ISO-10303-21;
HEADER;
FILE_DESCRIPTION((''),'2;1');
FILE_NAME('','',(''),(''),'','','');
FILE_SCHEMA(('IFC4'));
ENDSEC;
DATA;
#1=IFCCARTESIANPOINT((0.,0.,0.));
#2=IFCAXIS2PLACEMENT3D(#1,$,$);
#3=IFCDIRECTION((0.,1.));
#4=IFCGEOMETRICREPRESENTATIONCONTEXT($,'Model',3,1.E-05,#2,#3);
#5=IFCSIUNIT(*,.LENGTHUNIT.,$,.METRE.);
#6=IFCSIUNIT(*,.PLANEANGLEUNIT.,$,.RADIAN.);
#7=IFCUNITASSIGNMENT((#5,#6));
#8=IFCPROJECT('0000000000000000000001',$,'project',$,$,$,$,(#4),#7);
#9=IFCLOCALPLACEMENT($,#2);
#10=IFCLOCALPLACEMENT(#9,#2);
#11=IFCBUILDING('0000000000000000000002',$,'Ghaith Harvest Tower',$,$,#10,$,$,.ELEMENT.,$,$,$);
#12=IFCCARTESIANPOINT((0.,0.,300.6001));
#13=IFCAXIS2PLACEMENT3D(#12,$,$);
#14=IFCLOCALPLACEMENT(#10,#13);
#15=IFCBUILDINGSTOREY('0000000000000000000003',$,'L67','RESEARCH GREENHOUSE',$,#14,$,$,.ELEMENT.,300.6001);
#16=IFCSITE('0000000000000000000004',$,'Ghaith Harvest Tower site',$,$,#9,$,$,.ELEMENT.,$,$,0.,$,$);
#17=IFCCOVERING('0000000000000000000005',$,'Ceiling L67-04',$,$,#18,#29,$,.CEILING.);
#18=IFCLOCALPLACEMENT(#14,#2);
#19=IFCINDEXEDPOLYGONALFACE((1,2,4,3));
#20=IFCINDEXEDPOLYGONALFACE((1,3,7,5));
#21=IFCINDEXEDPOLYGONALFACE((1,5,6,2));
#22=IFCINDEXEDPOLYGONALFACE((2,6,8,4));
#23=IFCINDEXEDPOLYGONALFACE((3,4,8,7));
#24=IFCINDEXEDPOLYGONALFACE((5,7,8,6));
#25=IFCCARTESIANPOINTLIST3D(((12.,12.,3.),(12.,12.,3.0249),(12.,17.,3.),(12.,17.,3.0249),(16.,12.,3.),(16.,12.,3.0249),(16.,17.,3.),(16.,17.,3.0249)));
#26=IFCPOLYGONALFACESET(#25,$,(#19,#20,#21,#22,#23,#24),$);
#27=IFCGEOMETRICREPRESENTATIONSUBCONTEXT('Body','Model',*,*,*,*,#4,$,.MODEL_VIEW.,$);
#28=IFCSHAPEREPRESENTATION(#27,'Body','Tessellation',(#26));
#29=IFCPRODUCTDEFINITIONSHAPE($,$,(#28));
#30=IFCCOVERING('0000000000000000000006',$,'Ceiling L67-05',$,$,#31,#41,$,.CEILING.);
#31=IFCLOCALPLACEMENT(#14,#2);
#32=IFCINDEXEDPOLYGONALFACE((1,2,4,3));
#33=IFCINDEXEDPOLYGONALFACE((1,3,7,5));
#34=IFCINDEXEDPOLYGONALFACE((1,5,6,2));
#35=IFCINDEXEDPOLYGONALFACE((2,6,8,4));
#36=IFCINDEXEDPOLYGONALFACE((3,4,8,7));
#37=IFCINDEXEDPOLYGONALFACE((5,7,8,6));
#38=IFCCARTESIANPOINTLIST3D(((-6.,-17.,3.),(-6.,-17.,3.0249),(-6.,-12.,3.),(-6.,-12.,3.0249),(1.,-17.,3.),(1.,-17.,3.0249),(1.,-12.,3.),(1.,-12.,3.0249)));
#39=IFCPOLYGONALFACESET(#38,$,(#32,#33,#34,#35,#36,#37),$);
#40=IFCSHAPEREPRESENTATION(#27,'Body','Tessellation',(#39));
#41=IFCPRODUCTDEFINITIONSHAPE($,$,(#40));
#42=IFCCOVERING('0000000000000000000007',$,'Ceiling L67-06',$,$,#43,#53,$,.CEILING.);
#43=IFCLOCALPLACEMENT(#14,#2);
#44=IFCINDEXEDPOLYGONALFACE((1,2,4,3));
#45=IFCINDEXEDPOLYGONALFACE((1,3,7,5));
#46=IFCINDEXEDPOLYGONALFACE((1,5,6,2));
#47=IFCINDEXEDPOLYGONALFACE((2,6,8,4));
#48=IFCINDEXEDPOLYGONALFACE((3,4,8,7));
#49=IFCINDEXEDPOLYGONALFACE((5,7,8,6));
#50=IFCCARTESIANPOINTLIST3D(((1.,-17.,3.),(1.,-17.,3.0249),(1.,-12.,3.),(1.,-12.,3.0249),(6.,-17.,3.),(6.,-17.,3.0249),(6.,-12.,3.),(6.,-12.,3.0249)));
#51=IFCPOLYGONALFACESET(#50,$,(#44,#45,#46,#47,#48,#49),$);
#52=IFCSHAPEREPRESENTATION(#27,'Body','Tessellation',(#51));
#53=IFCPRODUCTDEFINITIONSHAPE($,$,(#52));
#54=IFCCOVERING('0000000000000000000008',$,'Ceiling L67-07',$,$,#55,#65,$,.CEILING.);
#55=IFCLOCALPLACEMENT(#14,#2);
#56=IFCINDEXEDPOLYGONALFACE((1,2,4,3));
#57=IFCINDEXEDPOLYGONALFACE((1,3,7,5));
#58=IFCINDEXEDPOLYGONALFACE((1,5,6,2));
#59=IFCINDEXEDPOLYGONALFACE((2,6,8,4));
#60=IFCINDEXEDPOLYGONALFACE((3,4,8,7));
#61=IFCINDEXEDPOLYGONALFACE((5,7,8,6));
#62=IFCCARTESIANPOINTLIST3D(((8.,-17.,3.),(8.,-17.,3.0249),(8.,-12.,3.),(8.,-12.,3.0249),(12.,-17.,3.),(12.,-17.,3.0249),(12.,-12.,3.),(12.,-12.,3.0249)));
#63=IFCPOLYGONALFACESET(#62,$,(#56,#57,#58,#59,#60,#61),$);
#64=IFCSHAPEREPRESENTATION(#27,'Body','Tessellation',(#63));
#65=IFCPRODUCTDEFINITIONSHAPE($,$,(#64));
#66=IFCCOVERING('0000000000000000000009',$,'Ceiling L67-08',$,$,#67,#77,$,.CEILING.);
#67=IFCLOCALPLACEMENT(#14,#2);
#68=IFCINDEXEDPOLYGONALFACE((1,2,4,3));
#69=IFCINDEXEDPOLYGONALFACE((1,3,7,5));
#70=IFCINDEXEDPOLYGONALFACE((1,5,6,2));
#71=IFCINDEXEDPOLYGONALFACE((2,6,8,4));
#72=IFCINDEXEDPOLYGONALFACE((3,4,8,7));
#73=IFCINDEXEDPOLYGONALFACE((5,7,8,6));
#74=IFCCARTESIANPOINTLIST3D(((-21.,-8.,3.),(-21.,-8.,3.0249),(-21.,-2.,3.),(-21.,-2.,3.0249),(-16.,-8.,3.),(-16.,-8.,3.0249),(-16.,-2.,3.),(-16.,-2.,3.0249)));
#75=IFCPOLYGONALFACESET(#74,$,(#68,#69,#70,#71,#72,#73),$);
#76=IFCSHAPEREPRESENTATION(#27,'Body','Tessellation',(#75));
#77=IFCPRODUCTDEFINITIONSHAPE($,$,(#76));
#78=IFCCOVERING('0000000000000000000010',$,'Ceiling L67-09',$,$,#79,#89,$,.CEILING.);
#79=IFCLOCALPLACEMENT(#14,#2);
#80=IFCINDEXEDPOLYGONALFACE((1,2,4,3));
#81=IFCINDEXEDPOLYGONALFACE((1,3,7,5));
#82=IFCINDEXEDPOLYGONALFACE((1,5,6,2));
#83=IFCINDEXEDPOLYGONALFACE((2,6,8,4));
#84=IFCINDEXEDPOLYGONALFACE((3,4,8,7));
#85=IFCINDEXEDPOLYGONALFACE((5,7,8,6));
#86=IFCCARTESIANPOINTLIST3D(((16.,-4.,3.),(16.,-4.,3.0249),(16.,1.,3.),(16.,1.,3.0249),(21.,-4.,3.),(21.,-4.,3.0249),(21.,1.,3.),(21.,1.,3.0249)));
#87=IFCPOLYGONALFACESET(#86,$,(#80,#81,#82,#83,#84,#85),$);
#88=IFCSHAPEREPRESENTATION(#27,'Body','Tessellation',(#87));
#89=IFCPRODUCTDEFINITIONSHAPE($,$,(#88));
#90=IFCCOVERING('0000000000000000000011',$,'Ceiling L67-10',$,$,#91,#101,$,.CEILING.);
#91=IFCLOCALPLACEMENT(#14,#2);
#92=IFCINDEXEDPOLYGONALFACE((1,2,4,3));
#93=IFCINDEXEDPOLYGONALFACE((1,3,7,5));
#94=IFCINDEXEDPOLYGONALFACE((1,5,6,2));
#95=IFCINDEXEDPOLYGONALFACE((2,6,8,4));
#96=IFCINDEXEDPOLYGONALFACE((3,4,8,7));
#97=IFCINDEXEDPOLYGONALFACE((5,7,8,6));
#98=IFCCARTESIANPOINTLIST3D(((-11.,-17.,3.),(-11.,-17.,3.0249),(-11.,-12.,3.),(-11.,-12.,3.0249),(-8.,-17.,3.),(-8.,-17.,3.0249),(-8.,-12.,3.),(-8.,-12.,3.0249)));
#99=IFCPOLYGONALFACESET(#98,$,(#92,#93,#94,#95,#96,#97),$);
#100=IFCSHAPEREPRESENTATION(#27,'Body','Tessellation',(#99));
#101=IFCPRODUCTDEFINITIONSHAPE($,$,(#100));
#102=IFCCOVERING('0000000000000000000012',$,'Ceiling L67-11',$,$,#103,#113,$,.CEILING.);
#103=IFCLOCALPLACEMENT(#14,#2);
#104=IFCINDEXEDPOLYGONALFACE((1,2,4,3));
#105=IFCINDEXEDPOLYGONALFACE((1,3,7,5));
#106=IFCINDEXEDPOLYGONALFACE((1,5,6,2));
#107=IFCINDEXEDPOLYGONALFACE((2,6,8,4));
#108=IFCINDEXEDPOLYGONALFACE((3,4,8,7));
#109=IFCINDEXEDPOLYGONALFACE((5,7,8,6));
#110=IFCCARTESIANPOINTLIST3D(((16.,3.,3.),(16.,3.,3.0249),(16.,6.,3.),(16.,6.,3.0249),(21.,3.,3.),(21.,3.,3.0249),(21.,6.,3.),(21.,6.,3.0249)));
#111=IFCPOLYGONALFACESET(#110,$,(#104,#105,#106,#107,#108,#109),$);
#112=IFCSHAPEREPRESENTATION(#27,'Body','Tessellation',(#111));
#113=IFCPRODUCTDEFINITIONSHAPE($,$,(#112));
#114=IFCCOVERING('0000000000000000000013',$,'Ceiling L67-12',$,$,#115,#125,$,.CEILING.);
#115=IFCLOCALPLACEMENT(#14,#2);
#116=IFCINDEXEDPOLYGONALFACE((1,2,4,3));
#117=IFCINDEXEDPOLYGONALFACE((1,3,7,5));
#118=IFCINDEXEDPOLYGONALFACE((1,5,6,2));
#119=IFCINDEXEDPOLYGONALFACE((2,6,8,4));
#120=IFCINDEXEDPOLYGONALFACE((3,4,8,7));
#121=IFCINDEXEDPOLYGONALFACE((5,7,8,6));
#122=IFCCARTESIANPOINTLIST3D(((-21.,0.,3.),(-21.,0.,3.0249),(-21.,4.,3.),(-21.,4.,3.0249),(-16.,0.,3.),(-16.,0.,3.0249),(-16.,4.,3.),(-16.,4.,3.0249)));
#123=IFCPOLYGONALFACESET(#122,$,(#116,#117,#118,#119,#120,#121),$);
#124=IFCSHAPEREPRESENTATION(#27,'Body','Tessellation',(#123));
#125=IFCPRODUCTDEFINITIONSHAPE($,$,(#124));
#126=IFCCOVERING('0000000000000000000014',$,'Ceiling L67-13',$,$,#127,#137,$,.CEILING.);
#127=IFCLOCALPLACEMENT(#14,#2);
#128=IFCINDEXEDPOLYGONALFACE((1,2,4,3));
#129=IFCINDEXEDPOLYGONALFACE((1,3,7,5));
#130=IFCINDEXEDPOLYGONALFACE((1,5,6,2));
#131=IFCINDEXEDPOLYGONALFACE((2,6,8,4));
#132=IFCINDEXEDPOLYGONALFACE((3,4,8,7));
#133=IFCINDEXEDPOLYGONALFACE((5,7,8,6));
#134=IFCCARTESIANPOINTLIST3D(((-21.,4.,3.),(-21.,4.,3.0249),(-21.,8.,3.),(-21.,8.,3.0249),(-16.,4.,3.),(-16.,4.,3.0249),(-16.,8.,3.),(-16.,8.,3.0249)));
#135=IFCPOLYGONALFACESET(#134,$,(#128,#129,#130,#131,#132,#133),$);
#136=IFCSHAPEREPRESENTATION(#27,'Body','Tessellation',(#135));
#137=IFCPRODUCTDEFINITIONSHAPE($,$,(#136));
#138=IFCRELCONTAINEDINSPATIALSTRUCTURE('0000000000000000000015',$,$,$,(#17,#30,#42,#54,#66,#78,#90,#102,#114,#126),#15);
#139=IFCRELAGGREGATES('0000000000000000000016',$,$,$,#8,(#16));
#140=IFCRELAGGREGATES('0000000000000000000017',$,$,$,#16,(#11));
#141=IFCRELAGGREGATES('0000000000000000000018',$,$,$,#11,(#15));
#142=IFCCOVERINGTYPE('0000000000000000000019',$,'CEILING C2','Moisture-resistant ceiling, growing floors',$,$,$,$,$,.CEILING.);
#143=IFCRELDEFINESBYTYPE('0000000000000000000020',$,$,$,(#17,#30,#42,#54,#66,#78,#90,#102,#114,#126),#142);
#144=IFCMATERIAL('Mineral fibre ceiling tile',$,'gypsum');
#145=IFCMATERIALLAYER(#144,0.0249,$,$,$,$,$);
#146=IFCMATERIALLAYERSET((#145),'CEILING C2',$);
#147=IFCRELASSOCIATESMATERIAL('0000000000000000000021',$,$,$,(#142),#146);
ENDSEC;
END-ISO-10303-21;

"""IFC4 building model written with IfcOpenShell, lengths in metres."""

from ifc_helpers import new_model, si_unit, direction, frame, origin, place, context, subcontext, project, spatial, polyline, outline, extrude, material, layer, layer_set, type_object, element, save


model = new_model("IFC4")

# Units and contexts
model_context = context("Model", 3, precision=1e-05, world=origin(), true_north=direction((0.0, 1.0)))
body_context = subcontext(model_context, "Body", "Model", "MODEL_VIEW")
ifc_project = project(units=[si_unit("LENGTHUNIT", "METRE"), si_unit("PLANEANGLEUNIT", "RADIAN")], contexts=[model_context])

# Site, building, storey
site_placement = place(None, origin())
site = spatial("IfcSite", under=ifc_project, at=site_placement, Name="Ghaith Harvest Tower site", CompositionType="ELEMENT", RefElevation=0.0)
building_placement = place(site_placement, origin())
building = spatial("IfcBuilding", under=site, at=building_placement, Name="Ghaith Harvest Tower", CompositionType="ELEMENT")
storey_placement = place(building_placement, frame((0.0, 0.0, 300.6001)))
storey = spatial("IfcBuildingStorey", under=building, at=storey_placement, Name="L67", Description="RESEARCH GREENHOUSE", CompositionType="ELEMENT", Elevation=300.6001)

# Coverings
ifc_material_1 = material(Name="Mineral fibre ceiling tile", Category="gypsum")
ifc_layer_1 = layer(ifc_material_1, 0.0249)
ifc_layer_set_1 = layer_set([ifc_layer_1], Name="CEILING C2")
covering_type = type_object("IfcCoveringType", Name="CEILING C2", Description="Moisture-resistant ceiling, growing floors", PredefinedType="CEILING", material=ifc_layer_set_1)
covering_1_placement = place(storey_placement, frame((0.0, 0.0, 3.0)))
element("IfcCovering", 1, at=covering_1_placement, inside=storey, type_object=covering_type, Name="Ceiling L67-04", PredefinedType="CEILING", context=body_context, shape_type="SweptSolid", body=[
    extrude(outline(polyline([(12.0, 12.0), (16.0, 12.0), (16.0, 17.0), (12.0, 17.0), (12.0, 12.0)])), origin(), (0.0, 0.0, 1.0), 0.0249),
])
covering_2_placement = place(storey_placement, frame((0.0, 0.0, 3.0)))
element("IfcCovering", 2, at=covering_2_placement, inside=storey, type_object=covering_type, Name="Ceiling L67-05", PredefinedType="CEILING", context=body_context, shape_type="SweptSolid", body=[
    extrude(outline(polyline([(-6.0, -17.0), (1.0, -17.0), (1.0, -12.0), (-6.0, -12.0), (-6.0, -17.0)])), origin(), (0.0, 0.0, 1.0), 0.0249),
])
covering_3_placement = place(storey_placement, frame((0.0, 0.0, 3.0)))
element("IfcCovering", 3, at=covering_3_placement, inside=storey, type_object=covering_type, Name="Ceiling L67-06", PredefinedType="CEILING", context=body_context, shape_type="SweptSolid", body=[
    extrude(outline(polyline([(1.0, -17.0), (6.0, -17.0), (6.0, -12.0), (1.0, -12.0), (1.0, -17.0)])), origin(), (0.0, 0.0, 1.0), 0.0249),
])
covering_4_placement = place(storey_placement, frame((0.0, 0.0, 3.0)))
element("IfcCovering", 4, at=covering_4_placement, inside=storey, type_object=covering_type, Name="Ceiling L67-07", PredefinedType="CEILING", context=body_context, shape_type="SweptSolid", body=[
    extrude(outline(polyline([(8.0, -17.0), (12.0, -17.0), (12.0, -12.0), (8.0, -12.0), (8.0, -17.0)])), origin(), (0.0, 0.0, 1.0), 0.0249),
])
covering_5_placement = place(storey_placement, frame((0.0, 0.0, 3.0)))
element("IfcCovering", 5, at=covering_5_placement, inside=storey, type_object=covering_type, Name="Ceiling L67-08", PredefinedType="CEILING", context=body_context, shape_type="SweptSolid", body=[
    extrude(outline(polyline([(-21.0, -8.0), (-16.0, -8.0), (-16.0, -2.0), (-21.0, -2.0), (-21.0, -8.0)])), origin(), (0.0, 0.0, 1.0), 0.0249),
])
covering_6_placement = place(storey_placement, frame((0.0, 0.0, 3.0)))
element("IfcCovering", 6, at=covering_6_placement, inside=storey, type_object=covering_type, Name="Ceiling L67-09", PredefinedType="CEILING", context=body_context, shape_type="SweptSolid", body=[
    extrude(outline(polyline([(16.0, -4.0), (21.0, -4.0), (21.0, 1.0), (16.0, 1.0), (16.0, -4.0)])), origin(), (0.0, 0.0, 1.0), 0.0249),
])
covering_7_placement = place(storey_placement, frame((0.0, 0.0, 3.0)))
element("IfcCovering", 7, at=covering_7_placement, inside=storey, type_object=covering_type, Name="Ceiling L67-10", PredefinedType="CEILING", context=body_context, shape_type="SweptSolid", body=[
    extrude(outline(polyline([(-11.0, -17.0), (-8.0, -17.0), (-8.0, -12.0), (-11.0, -12.0), (-11.0, -17.0)])), origin(), (0.0, 0.0, 1.0), 0.0249),
])
covering_8_placement = place(storey_placement, frame((0.0, 0.0, 3.0)))
element("IfcCovering", 8, at=covering_8_placement, inside=storey, type_object=covering_type, Name="Ceiling L67-11", PredefinedType="CEILING", context=body_context, shape_type="SweptSolid", body=[
    extrude(outline(polyline([(16.0, 3.0), (21.0, 3.0), (21.0, 6.0), (16.0, 6.0), (16.0, 3.0)])), origin(), (0.0, 0.0, 1.0), 0.0249),
])
covering_9_placement = place(storey_placement, frame((0.0, 0.0, 3.0)))
element("IfcCovering", 9, at=covering_9_placement, inside=storey, type_object=covering_type, Name="Ceiling L67-12", PredefinedType="CEILING", context=body_context, shape_type="SweptSolid", body=[
    extrude(outline(polyline([(-21.0, 0.0), (-16.0, 0.0), (-16.0, 4.0), (-21.0, 4.0), (-21.0, 0.0)])), origin(), (0.0, 0.0, 1.0), 0.0249),
])
covering_10_placement = place(storey_placement, frame((0.0, 0.0, 3.0)))
element("IfcCovering", 10, at=covering_10_placement, inside=storey, type_object=covering_type, Name="Ceiling L67-13", PredefinedType="CEILING", context=body_context, shape_type="SweptSolid", body=[
    extrude(outline(polyline([(-21.0, 4.0), (-16.0, 4.0), (-16.0, 8.0), (-21.0, 8.0), (-21.0, 4.0)])), origin(), (0.0, 0.0, 1.0), 0.0249),
])

save(model, "model.ifc")
